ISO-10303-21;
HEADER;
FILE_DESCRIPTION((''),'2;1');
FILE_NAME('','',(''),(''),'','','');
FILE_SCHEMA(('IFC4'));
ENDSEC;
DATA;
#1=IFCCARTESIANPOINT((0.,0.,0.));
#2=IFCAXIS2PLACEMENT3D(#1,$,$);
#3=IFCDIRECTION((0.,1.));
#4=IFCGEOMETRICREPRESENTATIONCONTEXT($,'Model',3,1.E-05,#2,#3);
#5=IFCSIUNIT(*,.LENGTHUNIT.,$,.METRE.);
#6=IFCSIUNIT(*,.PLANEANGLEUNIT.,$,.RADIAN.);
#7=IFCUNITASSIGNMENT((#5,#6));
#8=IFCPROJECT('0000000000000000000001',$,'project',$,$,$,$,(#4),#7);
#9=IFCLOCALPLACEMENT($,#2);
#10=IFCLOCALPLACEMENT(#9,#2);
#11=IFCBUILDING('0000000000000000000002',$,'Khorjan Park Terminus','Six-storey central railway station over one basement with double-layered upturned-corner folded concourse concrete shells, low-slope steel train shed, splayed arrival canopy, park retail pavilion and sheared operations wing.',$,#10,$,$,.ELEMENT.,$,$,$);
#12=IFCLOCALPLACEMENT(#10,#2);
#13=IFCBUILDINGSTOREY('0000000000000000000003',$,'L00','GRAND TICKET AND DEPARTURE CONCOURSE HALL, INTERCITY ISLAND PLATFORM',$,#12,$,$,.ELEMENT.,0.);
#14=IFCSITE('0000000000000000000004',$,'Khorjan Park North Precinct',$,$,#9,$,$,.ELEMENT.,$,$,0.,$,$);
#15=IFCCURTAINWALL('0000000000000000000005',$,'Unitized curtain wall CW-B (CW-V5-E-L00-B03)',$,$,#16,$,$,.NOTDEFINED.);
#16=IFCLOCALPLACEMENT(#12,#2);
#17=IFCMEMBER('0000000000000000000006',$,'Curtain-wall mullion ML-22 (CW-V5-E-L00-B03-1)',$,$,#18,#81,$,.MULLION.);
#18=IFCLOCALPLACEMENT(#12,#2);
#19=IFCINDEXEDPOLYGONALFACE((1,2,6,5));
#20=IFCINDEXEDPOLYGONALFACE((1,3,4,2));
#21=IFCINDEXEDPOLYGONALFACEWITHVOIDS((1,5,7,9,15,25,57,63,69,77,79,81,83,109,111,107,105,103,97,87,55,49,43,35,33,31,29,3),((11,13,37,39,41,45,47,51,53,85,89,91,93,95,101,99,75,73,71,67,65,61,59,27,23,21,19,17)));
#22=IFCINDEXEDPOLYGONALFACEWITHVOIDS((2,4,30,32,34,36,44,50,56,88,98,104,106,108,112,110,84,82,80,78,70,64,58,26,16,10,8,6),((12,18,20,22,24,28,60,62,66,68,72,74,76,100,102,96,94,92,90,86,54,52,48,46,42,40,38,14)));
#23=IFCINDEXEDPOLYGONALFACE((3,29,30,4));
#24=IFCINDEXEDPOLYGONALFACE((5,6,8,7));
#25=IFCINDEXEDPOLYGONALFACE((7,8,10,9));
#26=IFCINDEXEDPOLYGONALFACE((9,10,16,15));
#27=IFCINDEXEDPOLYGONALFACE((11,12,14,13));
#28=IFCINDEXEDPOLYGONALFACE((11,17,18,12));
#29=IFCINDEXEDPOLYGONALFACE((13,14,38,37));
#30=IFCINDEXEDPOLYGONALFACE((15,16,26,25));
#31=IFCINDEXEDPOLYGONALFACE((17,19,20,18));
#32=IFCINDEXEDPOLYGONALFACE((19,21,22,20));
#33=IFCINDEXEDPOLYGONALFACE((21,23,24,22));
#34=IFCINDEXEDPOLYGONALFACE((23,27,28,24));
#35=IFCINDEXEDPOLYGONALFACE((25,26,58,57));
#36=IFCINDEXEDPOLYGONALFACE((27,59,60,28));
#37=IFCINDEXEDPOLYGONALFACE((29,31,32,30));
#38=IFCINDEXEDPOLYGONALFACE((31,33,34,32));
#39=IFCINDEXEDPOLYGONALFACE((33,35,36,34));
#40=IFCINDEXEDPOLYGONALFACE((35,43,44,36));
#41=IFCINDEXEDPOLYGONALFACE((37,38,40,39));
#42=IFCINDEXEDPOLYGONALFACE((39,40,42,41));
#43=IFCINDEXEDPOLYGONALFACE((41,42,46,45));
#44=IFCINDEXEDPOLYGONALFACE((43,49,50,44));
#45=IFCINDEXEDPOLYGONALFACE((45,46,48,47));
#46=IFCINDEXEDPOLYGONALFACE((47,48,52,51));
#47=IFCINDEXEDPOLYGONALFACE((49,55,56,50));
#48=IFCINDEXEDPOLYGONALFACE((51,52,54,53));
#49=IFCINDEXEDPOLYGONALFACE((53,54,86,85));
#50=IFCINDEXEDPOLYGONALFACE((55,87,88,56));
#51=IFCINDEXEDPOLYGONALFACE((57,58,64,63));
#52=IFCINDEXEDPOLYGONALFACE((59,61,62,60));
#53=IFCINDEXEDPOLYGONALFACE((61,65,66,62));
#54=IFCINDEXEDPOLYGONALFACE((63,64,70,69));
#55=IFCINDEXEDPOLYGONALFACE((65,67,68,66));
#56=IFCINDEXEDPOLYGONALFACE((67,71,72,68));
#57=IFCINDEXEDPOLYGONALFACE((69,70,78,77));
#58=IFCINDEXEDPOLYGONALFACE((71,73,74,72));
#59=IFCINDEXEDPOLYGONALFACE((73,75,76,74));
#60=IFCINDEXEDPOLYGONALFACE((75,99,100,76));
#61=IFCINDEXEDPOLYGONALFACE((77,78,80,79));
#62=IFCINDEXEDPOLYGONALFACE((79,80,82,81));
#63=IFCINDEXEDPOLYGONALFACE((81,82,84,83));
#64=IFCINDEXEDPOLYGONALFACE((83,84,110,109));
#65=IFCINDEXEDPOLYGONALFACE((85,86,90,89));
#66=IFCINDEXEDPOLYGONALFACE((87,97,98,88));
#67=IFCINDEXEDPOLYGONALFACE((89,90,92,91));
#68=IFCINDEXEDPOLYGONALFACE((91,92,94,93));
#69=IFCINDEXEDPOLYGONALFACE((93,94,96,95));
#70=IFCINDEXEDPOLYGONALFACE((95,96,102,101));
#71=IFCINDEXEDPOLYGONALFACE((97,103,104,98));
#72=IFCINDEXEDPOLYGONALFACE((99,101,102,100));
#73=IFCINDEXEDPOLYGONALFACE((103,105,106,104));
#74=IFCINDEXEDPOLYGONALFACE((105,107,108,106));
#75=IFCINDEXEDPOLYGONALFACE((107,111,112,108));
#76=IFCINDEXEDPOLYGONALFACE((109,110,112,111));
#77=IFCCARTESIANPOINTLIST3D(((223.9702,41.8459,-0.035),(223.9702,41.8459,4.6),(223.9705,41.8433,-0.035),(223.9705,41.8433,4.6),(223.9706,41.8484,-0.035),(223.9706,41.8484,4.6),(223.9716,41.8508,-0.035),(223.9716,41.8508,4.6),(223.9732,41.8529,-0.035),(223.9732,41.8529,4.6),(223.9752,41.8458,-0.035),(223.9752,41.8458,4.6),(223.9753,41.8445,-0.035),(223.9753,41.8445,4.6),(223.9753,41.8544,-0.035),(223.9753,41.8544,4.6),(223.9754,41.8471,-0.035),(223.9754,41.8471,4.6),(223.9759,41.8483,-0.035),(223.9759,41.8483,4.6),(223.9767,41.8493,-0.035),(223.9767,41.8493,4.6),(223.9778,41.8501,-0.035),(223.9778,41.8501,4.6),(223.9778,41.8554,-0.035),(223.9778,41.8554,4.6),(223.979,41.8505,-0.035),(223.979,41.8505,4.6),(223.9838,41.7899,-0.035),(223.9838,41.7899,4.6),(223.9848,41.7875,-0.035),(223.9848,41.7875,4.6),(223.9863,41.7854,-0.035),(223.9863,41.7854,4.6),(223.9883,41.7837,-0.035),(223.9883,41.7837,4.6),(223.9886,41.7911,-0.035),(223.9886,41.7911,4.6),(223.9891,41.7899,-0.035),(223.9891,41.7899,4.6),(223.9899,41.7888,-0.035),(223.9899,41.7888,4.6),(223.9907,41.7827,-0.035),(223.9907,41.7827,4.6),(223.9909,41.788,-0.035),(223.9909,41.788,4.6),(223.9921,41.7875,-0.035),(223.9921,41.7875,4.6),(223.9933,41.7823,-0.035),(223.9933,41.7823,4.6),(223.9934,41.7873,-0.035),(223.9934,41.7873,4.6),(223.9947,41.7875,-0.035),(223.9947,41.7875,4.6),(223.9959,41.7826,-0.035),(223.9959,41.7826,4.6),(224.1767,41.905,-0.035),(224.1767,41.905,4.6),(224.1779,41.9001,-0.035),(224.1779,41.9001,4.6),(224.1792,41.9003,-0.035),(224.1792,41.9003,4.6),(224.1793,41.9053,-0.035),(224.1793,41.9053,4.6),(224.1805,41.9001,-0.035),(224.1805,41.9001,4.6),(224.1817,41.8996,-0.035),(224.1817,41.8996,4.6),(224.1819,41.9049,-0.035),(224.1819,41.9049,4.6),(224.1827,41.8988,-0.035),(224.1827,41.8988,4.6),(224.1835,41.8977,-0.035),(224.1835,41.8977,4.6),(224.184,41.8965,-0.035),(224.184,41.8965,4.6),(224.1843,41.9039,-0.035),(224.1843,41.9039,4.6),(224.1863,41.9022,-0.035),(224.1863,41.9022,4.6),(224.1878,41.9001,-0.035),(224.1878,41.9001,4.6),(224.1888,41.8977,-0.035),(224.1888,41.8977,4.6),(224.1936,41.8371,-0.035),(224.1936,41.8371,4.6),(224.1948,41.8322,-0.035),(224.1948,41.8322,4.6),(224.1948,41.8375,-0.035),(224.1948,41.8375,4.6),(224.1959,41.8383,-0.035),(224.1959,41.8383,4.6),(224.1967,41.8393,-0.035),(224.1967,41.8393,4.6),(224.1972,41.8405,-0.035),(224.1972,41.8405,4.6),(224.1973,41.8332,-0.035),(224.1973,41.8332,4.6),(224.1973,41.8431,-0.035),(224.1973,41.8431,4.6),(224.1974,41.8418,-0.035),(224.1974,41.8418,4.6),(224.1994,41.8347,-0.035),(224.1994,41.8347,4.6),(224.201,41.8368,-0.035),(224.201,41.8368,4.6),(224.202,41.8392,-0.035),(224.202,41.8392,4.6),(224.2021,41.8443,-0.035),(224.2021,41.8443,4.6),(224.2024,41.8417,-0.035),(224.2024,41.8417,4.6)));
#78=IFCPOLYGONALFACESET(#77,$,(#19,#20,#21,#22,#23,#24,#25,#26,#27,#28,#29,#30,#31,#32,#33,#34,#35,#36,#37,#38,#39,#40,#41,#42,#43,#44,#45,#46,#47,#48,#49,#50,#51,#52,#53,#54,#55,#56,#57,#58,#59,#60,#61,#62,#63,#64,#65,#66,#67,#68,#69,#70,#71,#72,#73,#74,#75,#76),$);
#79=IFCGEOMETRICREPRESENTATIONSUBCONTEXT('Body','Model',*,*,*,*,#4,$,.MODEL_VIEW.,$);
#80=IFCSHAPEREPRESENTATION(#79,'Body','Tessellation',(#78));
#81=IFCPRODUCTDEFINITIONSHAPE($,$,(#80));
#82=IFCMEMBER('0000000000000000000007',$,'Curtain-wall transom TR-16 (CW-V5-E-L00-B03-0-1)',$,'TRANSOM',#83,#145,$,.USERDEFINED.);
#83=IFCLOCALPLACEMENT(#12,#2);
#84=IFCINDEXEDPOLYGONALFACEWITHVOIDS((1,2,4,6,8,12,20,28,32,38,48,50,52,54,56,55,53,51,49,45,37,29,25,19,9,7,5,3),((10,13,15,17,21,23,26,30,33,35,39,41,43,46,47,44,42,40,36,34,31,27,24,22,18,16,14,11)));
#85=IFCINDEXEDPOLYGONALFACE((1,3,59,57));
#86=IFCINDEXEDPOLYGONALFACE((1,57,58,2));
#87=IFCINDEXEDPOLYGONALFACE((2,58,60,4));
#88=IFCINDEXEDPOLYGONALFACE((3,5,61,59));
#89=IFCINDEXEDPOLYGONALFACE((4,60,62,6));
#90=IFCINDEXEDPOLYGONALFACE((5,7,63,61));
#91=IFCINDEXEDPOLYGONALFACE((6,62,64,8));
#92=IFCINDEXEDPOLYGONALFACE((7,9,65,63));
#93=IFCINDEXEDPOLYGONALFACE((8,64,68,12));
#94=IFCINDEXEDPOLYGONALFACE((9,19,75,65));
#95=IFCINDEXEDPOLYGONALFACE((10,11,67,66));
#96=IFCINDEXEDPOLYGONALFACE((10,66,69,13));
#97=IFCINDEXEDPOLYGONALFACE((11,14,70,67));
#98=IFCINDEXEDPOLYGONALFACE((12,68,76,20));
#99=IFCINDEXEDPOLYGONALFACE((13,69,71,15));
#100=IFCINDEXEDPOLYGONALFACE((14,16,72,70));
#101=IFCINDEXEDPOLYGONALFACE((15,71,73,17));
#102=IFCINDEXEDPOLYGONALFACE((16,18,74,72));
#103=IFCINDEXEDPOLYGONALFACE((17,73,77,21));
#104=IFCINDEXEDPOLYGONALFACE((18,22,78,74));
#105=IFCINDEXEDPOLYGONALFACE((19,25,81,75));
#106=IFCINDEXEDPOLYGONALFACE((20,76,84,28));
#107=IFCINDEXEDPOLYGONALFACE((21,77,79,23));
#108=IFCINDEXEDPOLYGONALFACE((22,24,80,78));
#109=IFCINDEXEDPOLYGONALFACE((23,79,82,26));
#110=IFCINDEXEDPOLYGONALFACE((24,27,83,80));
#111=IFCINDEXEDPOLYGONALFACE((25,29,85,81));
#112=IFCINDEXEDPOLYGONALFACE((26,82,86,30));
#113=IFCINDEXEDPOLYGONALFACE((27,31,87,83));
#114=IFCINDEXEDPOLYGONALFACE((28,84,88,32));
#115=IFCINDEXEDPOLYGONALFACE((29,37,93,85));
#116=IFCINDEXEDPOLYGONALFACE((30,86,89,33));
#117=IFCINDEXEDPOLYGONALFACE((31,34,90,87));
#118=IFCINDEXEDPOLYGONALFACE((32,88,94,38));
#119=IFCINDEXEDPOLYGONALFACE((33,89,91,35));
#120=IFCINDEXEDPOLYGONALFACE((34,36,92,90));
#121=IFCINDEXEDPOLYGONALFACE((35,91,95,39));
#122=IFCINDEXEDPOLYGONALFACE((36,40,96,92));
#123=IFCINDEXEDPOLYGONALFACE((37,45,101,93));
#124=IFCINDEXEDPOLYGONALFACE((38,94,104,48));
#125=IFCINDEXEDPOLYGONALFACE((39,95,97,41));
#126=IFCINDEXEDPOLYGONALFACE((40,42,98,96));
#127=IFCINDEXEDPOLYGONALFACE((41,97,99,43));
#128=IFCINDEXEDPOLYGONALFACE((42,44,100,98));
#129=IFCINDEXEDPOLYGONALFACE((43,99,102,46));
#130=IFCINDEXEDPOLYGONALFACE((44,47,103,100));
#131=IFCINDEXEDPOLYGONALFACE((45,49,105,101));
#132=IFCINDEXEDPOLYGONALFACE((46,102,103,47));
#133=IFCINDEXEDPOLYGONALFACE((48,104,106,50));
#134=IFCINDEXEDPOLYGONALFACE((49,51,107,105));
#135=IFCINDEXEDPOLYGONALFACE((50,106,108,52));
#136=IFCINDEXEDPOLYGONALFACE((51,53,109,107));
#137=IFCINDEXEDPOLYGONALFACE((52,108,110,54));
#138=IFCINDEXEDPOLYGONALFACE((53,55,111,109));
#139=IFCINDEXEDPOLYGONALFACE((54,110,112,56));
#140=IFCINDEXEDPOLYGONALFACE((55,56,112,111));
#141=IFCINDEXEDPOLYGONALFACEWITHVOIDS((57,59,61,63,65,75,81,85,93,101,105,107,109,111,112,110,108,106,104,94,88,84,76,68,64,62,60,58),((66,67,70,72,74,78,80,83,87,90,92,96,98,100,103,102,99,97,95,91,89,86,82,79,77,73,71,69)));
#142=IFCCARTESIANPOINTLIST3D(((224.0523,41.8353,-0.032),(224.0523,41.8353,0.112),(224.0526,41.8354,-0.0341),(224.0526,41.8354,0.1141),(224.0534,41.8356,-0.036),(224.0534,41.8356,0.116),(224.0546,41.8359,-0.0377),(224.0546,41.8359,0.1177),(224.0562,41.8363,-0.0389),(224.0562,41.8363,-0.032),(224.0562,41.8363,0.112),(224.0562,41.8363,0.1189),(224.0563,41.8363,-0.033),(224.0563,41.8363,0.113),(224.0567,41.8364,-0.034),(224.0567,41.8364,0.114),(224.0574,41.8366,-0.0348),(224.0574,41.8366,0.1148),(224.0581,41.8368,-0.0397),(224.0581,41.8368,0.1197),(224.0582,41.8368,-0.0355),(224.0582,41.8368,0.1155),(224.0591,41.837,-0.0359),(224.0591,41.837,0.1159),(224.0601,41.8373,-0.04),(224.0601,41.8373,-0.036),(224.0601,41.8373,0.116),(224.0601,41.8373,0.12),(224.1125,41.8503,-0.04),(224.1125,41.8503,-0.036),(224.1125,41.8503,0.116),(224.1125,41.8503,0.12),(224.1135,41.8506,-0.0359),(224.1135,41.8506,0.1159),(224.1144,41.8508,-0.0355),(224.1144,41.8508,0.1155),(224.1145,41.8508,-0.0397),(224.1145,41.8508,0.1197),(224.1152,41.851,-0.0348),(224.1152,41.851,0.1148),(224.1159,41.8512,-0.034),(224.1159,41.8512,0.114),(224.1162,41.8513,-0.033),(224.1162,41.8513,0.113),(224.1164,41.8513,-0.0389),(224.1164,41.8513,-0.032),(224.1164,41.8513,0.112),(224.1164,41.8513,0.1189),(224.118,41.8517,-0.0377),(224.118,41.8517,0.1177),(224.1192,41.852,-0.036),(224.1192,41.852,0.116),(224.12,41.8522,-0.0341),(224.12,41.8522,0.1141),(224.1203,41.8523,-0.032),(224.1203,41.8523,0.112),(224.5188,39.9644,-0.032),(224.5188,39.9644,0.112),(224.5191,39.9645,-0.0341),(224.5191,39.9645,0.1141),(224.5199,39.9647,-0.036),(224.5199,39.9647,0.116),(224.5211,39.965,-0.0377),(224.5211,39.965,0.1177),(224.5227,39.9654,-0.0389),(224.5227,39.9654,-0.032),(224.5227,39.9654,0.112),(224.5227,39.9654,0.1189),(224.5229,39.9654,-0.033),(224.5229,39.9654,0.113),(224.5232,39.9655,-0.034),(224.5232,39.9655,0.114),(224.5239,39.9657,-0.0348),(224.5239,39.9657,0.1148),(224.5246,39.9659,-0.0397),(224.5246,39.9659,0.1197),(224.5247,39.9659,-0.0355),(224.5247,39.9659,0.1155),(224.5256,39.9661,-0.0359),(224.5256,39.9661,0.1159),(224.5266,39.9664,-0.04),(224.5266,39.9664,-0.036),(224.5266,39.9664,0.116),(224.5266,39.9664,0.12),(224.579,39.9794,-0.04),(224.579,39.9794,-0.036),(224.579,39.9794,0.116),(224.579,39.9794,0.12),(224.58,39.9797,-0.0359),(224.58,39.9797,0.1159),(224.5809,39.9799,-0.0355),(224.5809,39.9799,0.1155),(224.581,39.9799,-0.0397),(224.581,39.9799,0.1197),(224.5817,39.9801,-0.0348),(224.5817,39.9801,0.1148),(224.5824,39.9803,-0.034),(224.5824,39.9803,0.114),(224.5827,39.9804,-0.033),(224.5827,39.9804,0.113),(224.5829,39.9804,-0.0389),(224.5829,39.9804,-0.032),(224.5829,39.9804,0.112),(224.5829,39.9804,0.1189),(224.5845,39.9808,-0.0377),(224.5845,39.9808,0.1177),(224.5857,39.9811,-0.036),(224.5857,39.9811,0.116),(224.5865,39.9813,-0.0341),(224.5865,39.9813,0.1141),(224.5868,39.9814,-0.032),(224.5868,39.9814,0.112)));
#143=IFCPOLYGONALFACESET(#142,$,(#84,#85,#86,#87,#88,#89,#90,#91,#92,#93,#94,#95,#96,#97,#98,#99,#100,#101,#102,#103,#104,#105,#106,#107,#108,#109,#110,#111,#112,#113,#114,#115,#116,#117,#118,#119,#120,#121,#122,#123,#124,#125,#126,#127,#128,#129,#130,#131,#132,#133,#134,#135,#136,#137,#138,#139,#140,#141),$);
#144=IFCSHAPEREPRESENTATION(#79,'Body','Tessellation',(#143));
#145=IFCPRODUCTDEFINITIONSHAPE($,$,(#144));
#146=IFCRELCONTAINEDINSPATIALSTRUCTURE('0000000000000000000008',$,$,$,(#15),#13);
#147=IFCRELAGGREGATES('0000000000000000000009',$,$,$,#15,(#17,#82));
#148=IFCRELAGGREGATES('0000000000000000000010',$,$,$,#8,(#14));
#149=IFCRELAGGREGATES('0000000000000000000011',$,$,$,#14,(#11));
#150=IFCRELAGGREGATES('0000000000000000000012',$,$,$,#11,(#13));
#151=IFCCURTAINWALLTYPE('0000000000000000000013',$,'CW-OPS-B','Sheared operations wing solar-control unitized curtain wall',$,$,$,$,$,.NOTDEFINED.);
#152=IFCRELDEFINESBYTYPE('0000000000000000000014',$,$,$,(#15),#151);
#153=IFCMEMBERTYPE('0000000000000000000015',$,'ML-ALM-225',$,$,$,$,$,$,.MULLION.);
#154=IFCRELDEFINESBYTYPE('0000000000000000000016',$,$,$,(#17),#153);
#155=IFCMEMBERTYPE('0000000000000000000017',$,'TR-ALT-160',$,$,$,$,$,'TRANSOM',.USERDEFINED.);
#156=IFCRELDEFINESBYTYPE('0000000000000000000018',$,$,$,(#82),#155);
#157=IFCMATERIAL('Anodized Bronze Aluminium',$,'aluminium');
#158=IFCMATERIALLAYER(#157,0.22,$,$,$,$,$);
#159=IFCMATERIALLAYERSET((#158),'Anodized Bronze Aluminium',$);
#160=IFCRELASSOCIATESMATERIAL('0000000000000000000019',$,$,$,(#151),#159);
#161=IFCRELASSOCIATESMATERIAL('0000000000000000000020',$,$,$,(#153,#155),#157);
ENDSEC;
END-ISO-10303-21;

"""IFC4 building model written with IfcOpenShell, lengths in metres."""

from ifc_helpers import new_model, si_unit, direction, frame, origin, origin_2d, place, context, subcontext, project, spatial, hollow_rectangle, extrude, material, layer, layer_set, material_profile, profile_set, type_object, element, aggregate, save


model = new_model("IFC4")

# Units and contexts
model_context = context("Model", 3, precision=1e-05, world=origin(), true_north=direction((0.0, 1.0)))
body_context = subcontext(model_context, "Body", "Model", "MODEL_VIEW")
ifc_project = project(units=[si_unit("LENGTHUNIT", "METRE"), si_unit("PLANEANGLEUNIT", "RADIAN")], contexts=[model_context])

# Site, building, storey
site_placement = place(None, origin())
site = spatial("IfcSite", under=ifc_project, at=site_placement, Name="Khorjan Park North Precinct", CompositionType="ELEMENT", RefElevation=0.0)
building_placement = place(site_placement, origin())
building = spatial("IfcBuilding", under=site, at=building_placement, Name="Khorjan Park Terminus", Description="Six-storey central railway station over one basement with double-layered upturned-corner folded concourse concrete shells, low-slope steel train shed, splayed arrival canopy, park retail pavilion and sheared operations wing.", CompositionType="ELEMENT")
storey_placement = place(building_placement, origin())
storey = spatial("IfcBuildingStorey", under=building, at=storey_placement, Name="L00", Description="GRAND TICKET AND DEPARTURE CONCOURSE HALL, INTERCITY ISLAND PLATFORM", CompositionType="ELEMENT", Elevation=0.0)

# Curtain wall, members
ifc_material_1 = material(Name="Anodized Bronze Aluminium", Category="aluminium")
ifc_layer_1 = layer(ifc_material_1, 0.22)
ifc_layer_set_1 = layer_set([ifc_layer_1], Name="Anodized Bronze Aluminium")
curtain_wall_type = type_object("IfcCurtainWallType", Name="CW-OPS-B", Description="Sheared operations wing solar-control unitized curtain wall", PredefinedType="NOTDEFINED", material=ifc_layer_set_1)
curtain_wall_placement = place(storey_placement, origin())
curtain_wall = element("IfcCurtainWall", 1, at=curtain_wall_placement, inside=storey, type_object=curtain_wall_type, Name="Unitized curtain wall CW-B (CW-V5-E-L00-B03)", PredefinedType="NOTDEFINED")
ifc_material_profile_1 = material_profile(ifc_material_1, hollow_rectangle(XDim=0.075, YDim=0.225, WallThickness=0.005, InnerFilletRadius=0.005, OuterFilletRadius=0.01, at=origin_2d()), Name="ALM 75x225x5")
ifc_profile_set_1 = profile_set([ifc_material_profile_1], Name="Anodized Bronze Aluminium")
member_type_1 = type_object("IfcMemberType", Name="ML-ALM-225", PredefinedType="MULLION", material=ifc_profile_set_1)
member_1_placement = place(storey_placement, frame((224.0863, 41.8438, -0.035), z_axis=(0.0, 0.0, 1.0), x_axis=(-0.241923, 0.970295, 0.0)))
member_1 = element("IfcMember", 2, at=member_1_placement, type_object=member_type_1, Name="Curtain-wall mullion ML-22 (CW-V5-E-L00-B03-1)", PredefinedType="MULLION", context=body_context, shape_type="SweptSolid", body=[
    extrude(hollow_rectangle(XDim=0.075, YDim=0.225, WallThickness=0.005, InnerFilletRadius=0.005, OuterFilletRadius=0.01, at=origin_2d()), origin(), (0.0, 0.0, 1.0), 4.635),
])
ifc_material_profile_2 = material_profile(ifc_material_1, hollow_rectangle(XDim=0.07, YDim=0.16, WallThickness=0.004, InnerFilletRadius=0.004, OuterFilletRadius=0.008, at=origin_2d()), Name="ALT 70x160x4")
ifc_profile_set_2 = profile_set([ifc_material_profile_2], Name="Anodized Bronze Aluminium")
member_type_2 = type_object("IfcMemberType", Name="TR-ALT-160", ElementType="TRANSOM", PredefinedType="USERDEFINED", material=ifc_profile_set_2)
member_2_placement = place(storey_placement, frame((224.5528, 39.9729, 0.04), z_axis=(-0.241938, 0.970292, 0.0), x_axis=(-0.970292, -0.241938, 0.0)))
member_2 = element("IfcMember", 3, at=member_2_placement, type_object=member_type_2, Name="Curtain-wall transom TR-16 (CW-V5-E-L00-B03-0-1)", ObjectType="TRANSOM", PredefinedType="USERDEFINED", context=body_context, shape_type="SweptSolid", body=[
    extrude(hollow_rectangle(XDim=0.07, YDim=0.16, WallThickness=0.004, InnerFilletRadius=0.004, OuterFilletRadius=0.008, at=origin_2d()), origin(), (0.0, 0.0, 1.0), 1.9282),
])
aggregate(curtain_wall, [member_1, member_2])

save(model, "model.ifc")
